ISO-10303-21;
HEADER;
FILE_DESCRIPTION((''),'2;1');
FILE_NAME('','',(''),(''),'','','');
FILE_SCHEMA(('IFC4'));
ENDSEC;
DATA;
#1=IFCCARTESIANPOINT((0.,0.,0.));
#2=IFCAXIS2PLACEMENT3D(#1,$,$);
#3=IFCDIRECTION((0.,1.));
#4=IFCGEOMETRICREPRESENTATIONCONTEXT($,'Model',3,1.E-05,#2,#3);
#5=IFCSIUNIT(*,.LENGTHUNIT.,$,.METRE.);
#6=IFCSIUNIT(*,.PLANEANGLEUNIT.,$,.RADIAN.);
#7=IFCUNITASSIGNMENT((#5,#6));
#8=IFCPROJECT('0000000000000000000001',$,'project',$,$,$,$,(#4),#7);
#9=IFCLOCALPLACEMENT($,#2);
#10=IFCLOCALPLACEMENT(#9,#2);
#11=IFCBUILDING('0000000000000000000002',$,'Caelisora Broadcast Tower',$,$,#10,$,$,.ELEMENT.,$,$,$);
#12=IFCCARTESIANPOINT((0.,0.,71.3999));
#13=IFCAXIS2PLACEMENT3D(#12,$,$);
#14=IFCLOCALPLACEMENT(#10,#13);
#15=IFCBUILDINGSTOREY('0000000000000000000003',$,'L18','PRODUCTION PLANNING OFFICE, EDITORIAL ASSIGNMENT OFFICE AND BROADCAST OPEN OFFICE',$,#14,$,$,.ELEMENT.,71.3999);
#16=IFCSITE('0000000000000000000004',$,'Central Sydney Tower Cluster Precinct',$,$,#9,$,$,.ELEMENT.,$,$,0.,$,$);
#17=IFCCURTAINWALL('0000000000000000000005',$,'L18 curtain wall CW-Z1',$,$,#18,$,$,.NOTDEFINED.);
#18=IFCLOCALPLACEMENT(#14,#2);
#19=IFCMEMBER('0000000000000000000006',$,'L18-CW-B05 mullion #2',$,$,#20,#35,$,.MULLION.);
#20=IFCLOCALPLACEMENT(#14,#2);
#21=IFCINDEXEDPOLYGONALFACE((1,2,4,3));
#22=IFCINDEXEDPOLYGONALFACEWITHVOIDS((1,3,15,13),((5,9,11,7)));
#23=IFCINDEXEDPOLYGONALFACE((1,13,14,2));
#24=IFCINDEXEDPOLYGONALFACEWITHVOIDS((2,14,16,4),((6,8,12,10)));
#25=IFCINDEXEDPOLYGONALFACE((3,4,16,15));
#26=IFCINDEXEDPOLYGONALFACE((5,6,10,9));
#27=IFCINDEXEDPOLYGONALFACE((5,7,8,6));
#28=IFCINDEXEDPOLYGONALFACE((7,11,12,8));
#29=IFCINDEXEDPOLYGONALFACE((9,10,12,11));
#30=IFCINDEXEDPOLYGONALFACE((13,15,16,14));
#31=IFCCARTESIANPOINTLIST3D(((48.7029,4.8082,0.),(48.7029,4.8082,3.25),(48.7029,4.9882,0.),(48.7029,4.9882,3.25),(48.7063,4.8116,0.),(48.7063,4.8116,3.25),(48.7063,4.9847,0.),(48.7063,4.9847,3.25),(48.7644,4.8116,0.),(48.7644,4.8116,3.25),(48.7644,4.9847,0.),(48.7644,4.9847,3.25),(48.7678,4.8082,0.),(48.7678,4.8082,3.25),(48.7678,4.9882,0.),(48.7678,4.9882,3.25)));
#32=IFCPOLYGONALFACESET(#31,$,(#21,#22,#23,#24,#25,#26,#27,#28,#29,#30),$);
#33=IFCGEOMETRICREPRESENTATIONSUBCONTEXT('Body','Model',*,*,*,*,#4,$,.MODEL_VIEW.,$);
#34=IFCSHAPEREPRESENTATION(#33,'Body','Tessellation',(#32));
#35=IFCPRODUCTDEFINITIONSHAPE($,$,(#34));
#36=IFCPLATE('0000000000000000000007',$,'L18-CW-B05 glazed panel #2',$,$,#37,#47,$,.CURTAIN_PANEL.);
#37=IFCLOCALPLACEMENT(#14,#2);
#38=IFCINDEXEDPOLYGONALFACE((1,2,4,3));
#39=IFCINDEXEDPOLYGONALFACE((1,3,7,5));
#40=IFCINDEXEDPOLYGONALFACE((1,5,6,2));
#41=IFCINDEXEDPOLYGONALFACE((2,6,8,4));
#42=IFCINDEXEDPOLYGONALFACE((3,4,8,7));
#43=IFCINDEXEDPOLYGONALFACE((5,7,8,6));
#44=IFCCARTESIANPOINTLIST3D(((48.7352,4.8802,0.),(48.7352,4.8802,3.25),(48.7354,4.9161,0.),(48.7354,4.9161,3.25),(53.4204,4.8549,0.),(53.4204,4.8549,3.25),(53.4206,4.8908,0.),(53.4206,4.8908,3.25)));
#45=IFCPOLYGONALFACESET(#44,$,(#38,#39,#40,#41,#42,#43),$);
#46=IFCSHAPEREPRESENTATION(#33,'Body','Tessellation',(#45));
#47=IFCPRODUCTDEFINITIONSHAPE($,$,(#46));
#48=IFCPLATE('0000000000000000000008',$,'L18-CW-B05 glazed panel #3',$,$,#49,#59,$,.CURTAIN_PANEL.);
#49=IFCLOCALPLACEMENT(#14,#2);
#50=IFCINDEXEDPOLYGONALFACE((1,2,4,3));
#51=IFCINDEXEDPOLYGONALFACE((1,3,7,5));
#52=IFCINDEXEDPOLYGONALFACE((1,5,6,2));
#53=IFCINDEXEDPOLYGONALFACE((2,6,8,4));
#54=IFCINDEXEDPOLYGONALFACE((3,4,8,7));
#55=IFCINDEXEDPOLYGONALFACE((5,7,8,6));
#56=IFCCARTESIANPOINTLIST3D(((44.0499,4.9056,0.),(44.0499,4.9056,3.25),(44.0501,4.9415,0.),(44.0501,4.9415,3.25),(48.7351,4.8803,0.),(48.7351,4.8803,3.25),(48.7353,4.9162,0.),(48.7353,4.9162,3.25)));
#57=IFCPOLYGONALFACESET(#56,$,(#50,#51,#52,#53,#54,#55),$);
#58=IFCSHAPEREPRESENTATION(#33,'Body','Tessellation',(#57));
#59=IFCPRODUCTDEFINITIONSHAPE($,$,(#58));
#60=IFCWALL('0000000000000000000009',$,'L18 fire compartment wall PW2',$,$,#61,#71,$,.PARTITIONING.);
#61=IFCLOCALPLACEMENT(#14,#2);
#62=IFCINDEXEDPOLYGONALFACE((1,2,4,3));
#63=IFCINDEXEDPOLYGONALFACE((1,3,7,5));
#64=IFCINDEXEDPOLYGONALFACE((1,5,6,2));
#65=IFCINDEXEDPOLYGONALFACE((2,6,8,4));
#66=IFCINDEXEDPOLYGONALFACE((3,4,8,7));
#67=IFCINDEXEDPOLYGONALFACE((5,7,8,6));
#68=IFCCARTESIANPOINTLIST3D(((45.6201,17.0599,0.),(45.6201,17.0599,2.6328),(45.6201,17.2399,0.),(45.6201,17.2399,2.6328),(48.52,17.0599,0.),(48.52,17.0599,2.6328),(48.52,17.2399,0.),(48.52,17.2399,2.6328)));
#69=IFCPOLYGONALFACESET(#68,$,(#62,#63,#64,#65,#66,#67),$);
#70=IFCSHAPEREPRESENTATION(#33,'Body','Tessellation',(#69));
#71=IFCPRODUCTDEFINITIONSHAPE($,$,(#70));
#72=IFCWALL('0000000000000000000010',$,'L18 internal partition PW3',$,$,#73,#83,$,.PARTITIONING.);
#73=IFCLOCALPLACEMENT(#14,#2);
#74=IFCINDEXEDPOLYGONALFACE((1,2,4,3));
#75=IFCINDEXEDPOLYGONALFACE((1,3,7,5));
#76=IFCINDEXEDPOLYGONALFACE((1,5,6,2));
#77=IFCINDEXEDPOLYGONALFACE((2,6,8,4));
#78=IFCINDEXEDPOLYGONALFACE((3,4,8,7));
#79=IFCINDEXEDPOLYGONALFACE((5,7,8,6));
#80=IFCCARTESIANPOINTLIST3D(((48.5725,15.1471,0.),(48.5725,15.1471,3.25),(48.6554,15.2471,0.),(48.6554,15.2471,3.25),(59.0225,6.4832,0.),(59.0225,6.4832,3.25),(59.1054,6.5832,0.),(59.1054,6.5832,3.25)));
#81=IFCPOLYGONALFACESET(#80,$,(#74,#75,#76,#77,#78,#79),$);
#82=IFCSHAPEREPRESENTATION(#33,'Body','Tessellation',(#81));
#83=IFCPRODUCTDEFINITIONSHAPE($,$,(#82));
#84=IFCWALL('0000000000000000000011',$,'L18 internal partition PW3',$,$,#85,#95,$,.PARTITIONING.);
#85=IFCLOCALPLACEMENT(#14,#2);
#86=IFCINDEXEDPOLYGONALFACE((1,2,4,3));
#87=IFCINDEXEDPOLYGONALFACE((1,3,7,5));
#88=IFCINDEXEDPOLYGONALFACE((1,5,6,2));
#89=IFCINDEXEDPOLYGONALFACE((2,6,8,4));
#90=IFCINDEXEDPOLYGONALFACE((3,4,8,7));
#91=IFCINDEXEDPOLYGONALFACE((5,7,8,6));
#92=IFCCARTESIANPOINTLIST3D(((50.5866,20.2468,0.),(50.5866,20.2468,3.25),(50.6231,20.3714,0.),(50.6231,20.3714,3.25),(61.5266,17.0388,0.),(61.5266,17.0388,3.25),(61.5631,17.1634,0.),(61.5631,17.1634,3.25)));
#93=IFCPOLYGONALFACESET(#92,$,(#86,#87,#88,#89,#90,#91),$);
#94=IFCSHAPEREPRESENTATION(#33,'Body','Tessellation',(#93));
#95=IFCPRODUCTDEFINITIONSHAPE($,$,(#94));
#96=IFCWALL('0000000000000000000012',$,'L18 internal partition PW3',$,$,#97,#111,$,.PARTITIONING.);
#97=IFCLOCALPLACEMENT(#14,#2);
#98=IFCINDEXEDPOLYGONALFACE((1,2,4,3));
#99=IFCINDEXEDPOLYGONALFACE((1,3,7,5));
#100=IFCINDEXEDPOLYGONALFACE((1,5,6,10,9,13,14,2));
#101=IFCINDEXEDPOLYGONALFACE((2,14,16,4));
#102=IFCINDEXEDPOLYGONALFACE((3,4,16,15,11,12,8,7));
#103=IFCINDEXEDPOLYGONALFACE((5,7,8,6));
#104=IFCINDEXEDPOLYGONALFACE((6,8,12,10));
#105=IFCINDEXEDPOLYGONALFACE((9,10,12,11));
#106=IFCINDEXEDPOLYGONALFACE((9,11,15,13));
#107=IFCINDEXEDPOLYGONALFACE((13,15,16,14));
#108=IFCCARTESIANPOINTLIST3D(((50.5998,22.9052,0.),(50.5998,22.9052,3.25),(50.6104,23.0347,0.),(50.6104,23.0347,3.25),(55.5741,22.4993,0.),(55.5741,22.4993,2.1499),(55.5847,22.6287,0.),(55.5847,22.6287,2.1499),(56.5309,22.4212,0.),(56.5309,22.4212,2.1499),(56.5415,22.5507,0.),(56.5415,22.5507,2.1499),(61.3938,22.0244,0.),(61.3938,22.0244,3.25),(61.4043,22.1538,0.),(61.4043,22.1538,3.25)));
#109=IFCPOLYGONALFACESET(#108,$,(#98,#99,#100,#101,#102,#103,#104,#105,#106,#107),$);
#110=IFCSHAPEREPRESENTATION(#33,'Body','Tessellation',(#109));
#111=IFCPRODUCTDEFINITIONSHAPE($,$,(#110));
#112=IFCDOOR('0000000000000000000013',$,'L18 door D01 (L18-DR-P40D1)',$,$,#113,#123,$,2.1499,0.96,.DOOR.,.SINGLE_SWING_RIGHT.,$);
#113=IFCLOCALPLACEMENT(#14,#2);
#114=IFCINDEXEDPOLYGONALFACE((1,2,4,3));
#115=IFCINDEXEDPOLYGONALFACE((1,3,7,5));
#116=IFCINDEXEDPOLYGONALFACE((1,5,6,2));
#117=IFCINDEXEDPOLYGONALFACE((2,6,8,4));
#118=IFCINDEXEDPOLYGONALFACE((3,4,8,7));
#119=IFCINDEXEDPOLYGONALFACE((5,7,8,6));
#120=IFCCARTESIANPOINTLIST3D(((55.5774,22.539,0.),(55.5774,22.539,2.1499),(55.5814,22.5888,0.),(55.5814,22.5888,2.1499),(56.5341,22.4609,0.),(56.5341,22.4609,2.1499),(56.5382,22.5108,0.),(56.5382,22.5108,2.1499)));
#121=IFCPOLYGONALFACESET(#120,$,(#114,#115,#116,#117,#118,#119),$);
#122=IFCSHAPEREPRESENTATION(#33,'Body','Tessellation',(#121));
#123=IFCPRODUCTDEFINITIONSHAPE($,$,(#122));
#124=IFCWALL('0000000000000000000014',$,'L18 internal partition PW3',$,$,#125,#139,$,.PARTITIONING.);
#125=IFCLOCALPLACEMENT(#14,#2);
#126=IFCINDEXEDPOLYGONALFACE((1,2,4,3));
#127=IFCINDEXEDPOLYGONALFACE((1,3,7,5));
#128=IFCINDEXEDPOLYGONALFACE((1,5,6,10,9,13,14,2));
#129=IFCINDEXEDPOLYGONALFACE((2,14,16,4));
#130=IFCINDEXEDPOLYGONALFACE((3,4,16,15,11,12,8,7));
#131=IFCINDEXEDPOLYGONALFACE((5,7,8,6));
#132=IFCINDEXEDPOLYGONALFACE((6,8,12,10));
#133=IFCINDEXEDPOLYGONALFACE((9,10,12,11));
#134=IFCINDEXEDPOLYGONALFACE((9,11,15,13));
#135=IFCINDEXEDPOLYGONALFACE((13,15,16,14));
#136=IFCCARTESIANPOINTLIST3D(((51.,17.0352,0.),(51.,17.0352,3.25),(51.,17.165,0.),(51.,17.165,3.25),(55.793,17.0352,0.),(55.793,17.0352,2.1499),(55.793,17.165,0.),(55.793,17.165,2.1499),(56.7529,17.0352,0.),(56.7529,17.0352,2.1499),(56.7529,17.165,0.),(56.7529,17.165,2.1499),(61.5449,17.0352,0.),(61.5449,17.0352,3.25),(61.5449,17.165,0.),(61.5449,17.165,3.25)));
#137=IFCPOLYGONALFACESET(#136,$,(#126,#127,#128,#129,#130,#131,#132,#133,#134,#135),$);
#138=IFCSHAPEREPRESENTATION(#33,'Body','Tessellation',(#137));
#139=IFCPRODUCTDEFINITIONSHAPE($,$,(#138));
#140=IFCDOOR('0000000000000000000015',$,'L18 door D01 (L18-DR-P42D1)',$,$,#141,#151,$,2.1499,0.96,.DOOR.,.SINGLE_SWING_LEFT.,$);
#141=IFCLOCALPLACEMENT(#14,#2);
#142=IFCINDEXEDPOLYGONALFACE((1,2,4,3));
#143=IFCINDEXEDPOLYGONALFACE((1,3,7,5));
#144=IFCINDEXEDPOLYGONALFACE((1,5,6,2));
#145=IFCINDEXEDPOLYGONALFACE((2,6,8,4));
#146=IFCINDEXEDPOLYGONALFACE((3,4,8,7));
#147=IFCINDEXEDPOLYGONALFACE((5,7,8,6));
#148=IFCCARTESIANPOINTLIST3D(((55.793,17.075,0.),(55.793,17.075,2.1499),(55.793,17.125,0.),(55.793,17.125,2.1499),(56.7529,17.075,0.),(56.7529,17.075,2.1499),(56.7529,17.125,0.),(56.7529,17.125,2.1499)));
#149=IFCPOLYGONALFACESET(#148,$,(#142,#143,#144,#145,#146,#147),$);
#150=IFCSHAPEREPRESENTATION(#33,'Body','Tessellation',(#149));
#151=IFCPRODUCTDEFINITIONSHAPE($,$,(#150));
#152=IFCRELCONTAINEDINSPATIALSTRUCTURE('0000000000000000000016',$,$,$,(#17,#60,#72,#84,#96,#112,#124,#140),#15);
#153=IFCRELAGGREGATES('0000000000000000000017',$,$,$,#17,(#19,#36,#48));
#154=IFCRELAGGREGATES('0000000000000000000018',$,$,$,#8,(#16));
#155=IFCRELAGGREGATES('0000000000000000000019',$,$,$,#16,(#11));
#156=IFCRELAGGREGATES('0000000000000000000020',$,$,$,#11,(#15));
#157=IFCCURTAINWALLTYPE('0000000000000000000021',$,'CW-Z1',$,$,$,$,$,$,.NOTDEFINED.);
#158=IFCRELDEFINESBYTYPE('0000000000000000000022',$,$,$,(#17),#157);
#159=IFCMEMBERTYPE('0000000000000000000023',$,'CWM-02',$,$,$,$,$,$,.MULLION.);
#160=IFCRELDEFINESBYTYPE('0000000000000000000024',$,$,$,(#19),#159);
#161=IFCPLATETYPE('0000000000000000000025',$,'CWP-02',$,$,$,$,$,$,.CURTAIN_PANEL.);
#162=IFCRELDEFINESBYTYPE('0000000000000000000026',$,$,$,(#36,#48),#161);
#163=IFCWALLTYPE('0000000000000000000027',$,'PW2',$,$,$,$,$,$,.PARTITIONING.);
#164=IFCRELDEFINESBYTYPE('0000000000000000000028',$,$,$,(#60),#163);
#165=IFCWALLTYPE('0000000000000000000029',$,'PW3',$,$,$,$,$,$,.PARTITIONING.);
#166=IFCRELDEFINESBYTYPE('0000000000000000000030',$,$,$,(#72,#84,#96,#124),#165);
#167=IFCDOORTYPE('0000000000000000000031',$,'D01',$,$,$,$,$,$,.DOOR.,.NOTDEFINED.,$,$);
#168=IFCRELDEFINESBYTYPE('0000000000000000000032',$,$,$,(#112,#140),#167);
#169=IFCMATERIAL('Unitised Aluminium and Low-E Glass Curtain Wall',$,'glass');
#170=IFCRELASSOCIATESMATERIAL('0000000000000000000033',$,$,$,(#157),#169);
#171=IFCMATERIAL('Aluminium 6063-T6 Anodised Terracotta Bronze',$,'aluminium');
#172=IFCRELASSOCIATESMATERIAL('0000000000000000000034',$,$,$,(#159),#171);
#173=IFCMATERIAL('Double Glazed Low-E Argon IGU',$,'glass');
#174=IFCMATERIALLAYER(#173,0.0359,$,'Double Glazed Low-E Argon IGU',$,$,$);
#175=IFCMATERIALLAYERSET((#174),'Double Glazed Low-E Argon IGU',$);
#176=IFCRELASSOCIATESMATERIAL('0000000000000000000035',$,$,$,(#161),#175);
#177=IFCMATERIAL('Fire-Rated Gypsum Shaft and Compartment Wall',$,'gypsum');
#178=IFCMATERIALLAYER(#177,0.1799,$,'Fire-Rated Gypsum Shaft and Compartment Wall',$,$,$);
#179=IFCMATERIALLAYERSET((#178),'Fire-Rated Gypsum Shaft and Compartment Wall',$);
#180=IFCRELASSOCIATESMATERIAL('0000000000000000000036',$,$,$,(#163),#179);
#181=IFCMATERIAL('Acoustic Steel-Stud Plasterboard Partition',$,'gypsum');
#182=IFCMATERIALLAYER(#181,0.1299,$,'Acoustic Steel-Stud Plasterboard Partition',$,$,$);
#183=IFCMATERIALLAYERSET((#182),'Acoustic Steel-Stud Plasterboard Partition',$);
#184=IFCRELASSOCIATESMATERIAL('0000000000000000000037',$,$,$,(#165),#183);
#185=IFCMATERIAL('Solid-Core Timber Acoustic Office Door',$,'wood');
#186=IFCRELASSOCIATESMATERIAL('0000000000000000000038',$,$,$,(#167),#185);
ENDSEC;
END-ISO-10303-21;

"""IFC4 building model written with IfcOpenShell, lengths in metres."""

from ifc_helpers import new_model, si_unit, direction, frame, frame_2d, origin, origin_2d, place, context, subcontext, project, spatial, rectangle, hollow_rectangle, extrude, source, transform, mapped, material, layer, layer_set, material_profile, profile_set, type_object, type_shapes, element, fill, aggregate, save


model = new_model("IFC4")

# Units and contexts
model_context = context("Model", 3, precision=1e-05, world=origin(), true_north=direction((0.0, 1.0)))
body_context = subcontext(model_context, "Body", "Model", "MODEL_VIEW")
ifc_project = project(units=[si_unit("LENGTHUNIT", "METRE"), si_unit("PLANEANGLEUNIT", "RADIAN")], contexts=[model_context])

# Site, building, storey
site_placement = place(None, origin())
site = spatial("IfcSite", under=ifc_project, at=site_placement, Name="Central Sydney Tower Cluster Precinct", CompositionType="ELEMENT", RefElevation=0.0)
building_placement = place(site_placement, origin())
building = spatial("IfcBuilding", under=site, at=building_placement, Name="Caelisora Broadcast Tower", CompositionType="ELEMENT")
storey_placement = place(building_placement, frame((0.0, 0.0, 71.3999)))
storey = spatial("IfcBuildingStorey", under=building, at=storey_placement, Name="L18", Description="PRODUCTION PLANNING OFFICE, EDITORIAL ASSIGNMENT OFFICE AND BROADCAST OPEN OFFICE", CompositionType="ELEMENT", Elevation=71.3999)

# Curtain wall, member, plates
ifc_material_1 = material(Name="Unitised Aluminium and Low-E Glass Curtain Wall", Category="glass")
curtain_wall_type = type_object("IfcCurtainWallType", Name="CW-Z1", PredefinedType="NOTDEFINED", material=ifc_material_1)
curtain_wall_placement = place(storey_placement, origin())
curtain_wall = element("IfcCurtainWall", 1, at=curtain_wall_placement, inside=storey, type_object=curtain_wall_type, Name="L18 curtain wall CW-Z1", PredefinedType="NOTDEFINED")
ifc_material_2 = material(Name="Aluminium 6063-T6 Anodised Terracotta Bronze", Category="aluminium")
ifc_material_profile_1 = material_profile(ifc_material_2, hollow_rectangle(XDim=0.0649, YDim=0.1799, WallThickness=0.0034, at=origin_2d()), Name="Aluminium 6063-T6 Anodised Terracotta Bronze")
ifc_profile_set_1 = profile_set([ifc_material_profile_1], Name="Aluminium 6063-T6 Anodised Terracotta Bronze")
member_type = type_object("IfcMemberType", Name="CWM-02", PredefinedType="MULLION", material=ifc_profile_set_1)
shared_shape_1 = source(origin(), body_context, "Body", "SweptSolid", [
    extrude(hollow_rectangle(XDim=0.0649, YDim=0.1799, WallThickness=0.0034, at=origin_2d()), origin(), (0.0, 0.0, 1.0), 3.25),
])
type_shapes(member_type, [shared_shape_1])
member_placement = place(storey_placement, frame((48.7354, 4.8982, 0.0), z_axis=(0.0, 0.0, 1.0), x_axis=(1.0, 0.0, 0.0)))
member = element("IfcMember", 2, at=member_placement, type_object=member_type, Name="L18-CW-B05 mullion #2", PredefinedType="MULLION", context=body_context, shape_type="MappedRepresentation", body=[
    mapped(shared_shape_1, transform((0.0, 0.0, 0.0), scale=1.0)),
])
ifc_material_3 = material(Name="Double Glazed Low-E Argon IGU", Category="glass")
ifc_layer_1 = layer(ifc_material_3, 0.0359, Name="Double Glazed Low-E Argon IGU")
ifc_layer_set_1 = layer_set([ifc_layer_1], Name="Double Glazed Low-E Argon IGU")
plate_type = type_object("IfcPlateType", Name="CWP-02", PredefinedType="CURTAIN_PANEL", material=ifc_layer_set_1)
shared_shape_2 = source(origin(), body_context, "Body", "SweptSolid", [
    extrude(rectangle(XDim=4.6853, YDim=0.0359, at=origin_2d()), origin(), (0.0, 0.0, 1.0), 3.25),
])
type_shapes(plate_type, [shared_shape_2])
plate_1_placement = place(storey_placement, frame((51.0779, 4.8855, 0.0), z_axis=(0.0, 0.0, 1.0), x_axis=(-0.999985, 0.00541, 0.0)))
plate_1 = element("IfcPlate", 3, at=plate_1_placement, type_object=plate_type, Name="L18-CW-B05 glazed panel #2", PredefinedType="CURTAIN_PANEL", context=body_context, shape_type="MappedRepresentation", body=[
    mapped(shared_shape_2, transform((0.0, 0.0, 0.0), scale=1.0)),
])
plate_2_placement = place(storey_placement, frame((46.3926, 4.9109, 0.0), z_axis=(0.0, 0.0, 1.0), x_axis=(-0.999985, 0.00541, 0.0)))
plate_2 = element("IfcPlate", 4, at=plate_2_placement, type_object=plate_type, Name="L18-CW-B05 glazed panel #3", PredefinedType="CURTAIN_PANEL", context=body_context, shape_type="MappedRepresentation", body=[
    mapped(shared_shape_2, transform((0.0, 0.0, 0.0), scale=1.0)),
])
aggregate(curtain_wall, [member, plate_1, plate_2])

# Shared definitions
ifc_material_4 = material(Name="Fire-Rated Gypsum Shaft and Compartment Wall", Category="gypsum")
ifc_layer_2 = layer(ifc_material_4, 0.1799, Name="Fire-Rated Gypsum Shaft and Compartment Wall")
ifc_layer_set_2 = layer_set([ifc_layer_2], Name="Fire-Rated Gypsum Shaft and Compartment Wall")
wall_type_1 = type_object("IfcWallType", Name="PW2", PredefinedType="PARTITIONING", material=ifc_layer_set_2)

# Walls
wall_1_placement = place(storey_placement, frame((45.6201, 17.1499, 0.0), z_axis=(0.0, 0.0, 1.0), x_axis=(1.0, 0.0, 0.0)))
element("IfcWall", 5, at=wall_1_placement, inside=storey, type_object=wall_type_1, Name="L18 fire compartment wall PW2", PredefinedType="PARTITIONING", context=body_context, shape_type="SweptSolid", body=[
    extrude(rectangle(XDim=2.8999, YDim=0.1799, at=frame_2d((1.45, 0.0))), origin(), (0.0, 0.0, 1.0), 2.6328),
])
ifc_material_5 = material(Name="Acoustic Steel-Stud Plasterboard Partition", Category="gypsum")
ifc_layer_3 = layer(ifc_material_5, 0.1299, Name="Acoustic Steel-Stud Plasterboard Partition")
ifc_layer_set_3 = layer_set([ifc_layer_3], Name="Acoustic Steel-Stud Plasterboard Partition")
wall_type_2 = type_object("IfcWallType", Name="PW3", PredefinedType="PARTITIONING", material=ifc_layer_set_3)
wall_2_placement = place(storey_placement, frame((48.614, 15.197, 0.0), z_axis=(0.0, 0.0, 1.0), x_axis=(0.76983, -0.638249, 0.0)))
element("IfcWall", 6, at=wall_2_placement, inside=storey, type_object=wall_type_2, Name="L18 internal partition PW3", PredefinedType="PARTITIONING", context=body_context, shape_type="SweptSolid", body=[
    extrude(rectangle(XDim=13.5745, YDim=0.1299, at=frame_2d((6.7871, 0.0))), origin(), (0.0, 0.0, 1.0), 3.25),
])
wall_3_placement = place(storey_placement, frame((50.605, 20.3091, 0.0), z_axis=(0.0, 0.0, 1.0), x_axis=(0.959594, -0.281389, 0.0)))
element("IfcWall", 7, at=wall_3_placement, inside=storey, type_object=wall_type_2, Name="L18 internal partition PW3", PredefinedType="PARTITIONING", context=body_context, shape_type="SweptSolid", body=[
    extrude(rectangle(XDim=11.4006, YDim=0.1299, at=frame_2d((5.7002, 0.0))), origin(), (0.0, 0.0, 1.0), 3.25),
])

# Walls, openings, doors
wall_4_placement = place(storey_placement, frame((50.605, 22.97, 0.0), z_axis=(0.0, 0.0, 1.0), x_axis=(0.996687, -0.081336, 0.0)))
wall_4 = element("IfcWall", 8, at=wall_4_placement, inside=storey, type_object=wall_type_2, Name="L18 internal partition PW3", PredefinedType="PARTITIONING", context=body_context, shape_type="SweptSolid", body=[
    extrude(rectangle(XDim=10.8298, YDim=0.1299, at=frame_2d((5.415, 0.0))), origin(), (0.0, 0.0, 1.0), 3.25),
])
opening_1_placement = place(wall_4_placement, frame((4.991, 0.0, 0.0)))
opening_1 = element("IfcOpeningElement", 9, at=opening_1_placement, cuts=wall_4, PredefinedType="OPENING", context=body_context, shape_type="SweptSolid", body=[
    extrude(rectangle(XDim=0.96, YDim=2.1499, at=frame_2d((0.48, 1.075))), frame((0.0, 0.0769, 0.0), z_axis=(0.0, -1.0, 0.0), x_axis=(1.0, 0.0, 0.0)), (0.0, 0.0, 1.0), 0.1538),
])
ifc_material_6 = material(Name="Solid-Core Timber Acoustic Office Door", Category="wood")
door_type_1 = type_object("IfcDoorType", Name="D01", OperationType="NOTDEFINED", PredefinedType="DOOR", material=ifc_material_6)
door_1_placement = place(opening_1_placement, origin())
door_1 = element("IfcDoor", 10, at=door_1_placement, inside=storey, type_object=door_type_1, Name="L18 door D01 (L18-DR-P40D1)", OperationType="SINGLE_SWING_RIGHT", OverallHeight=2.1499, OverallWidth=0.96, PredefinedType="DOOR", context=body_context, shape_type="SweptSolid", body=[
    extrude(rectangle(XDim=0.96, YDim=2.1499, at=frame_2d((0.48, 1.075))), frame((0.0, 0.0249, 0.0), z_axis=(0.0, -1.0, 0.0), x_axis=(1.0, 0.0, 0.0)), (0.0, 0.0, 1.0), 0.05),
])
fill(opening_1, door_1)
wall_5_placement = place(storey_placement, frame((51.0, 17.1001, 0.0), z_axis=(0.0, 0.0, 1.0), x_axis=(1.0, 0.0, 0.0)))
wall_5 = element("IfcWall", 11, at=wall_5_placement, inside=storey, type_object=wall_type_2, Name="L18 internal partition PW3", PredefinedType="PARTITIONING", context=body_context, shape_type="SweptSolid", body=[
    extrude(rectangle(XDim=10.5449, YDim=0.1299, at=frame_2d((5.2725, 0.0))), origin(), (0.0, 0.0, 1.0), 3.25),
])
opening_2_placement = place(wall_5_placement, frame((4.793, 0.0, 0.0)))
opening_2 = element("IfcOpeningElement", 12, at=opening_2_placement, cuts=wall_5, PredefinedType="OPENING", context=body_context, shape_type="SweptSolid", body=[
    extrude(rectangle(XDim=0.96, YDim=2.1499, at=frame_2d((0.48, 1.075))), frame((0.0, 0.0769, 0.0), z_axis=(0.0, -1.0, 0.0), x_axis=(1.0, 0.0, 0.0)), (0.0, 0.0, 1.0), 0.1538),
])
door_2_placement = place(opening_2_placement, origin())
door_2 = element("IfcDoor", 13, at=door_2_placement, inside=storey, type_object=door_type_1, Name="L18 door D01 (L18-DR-P42D1)", OperationType="SINGLE_SWING_LEFT", OverallHeight=2.1499, OverallWidth=0.96, PredefinedType="DOOR", context=body_context, shape_type="SweptSolid", body=[
    extrude(rectangle(XDim=0.96, YDim=2.1499, at=frame_2d((0.48, 1.075))), frame((0.0, 0.0249, 0.0), z_axis=(0.0, -1.0, 0.0), x_axis=(1.0, 0.0, 0.0)), (0.0, 0.0, 1.0), 0.05),
])
fill(opening_2, door_2)

save(model, "model.ifc")
